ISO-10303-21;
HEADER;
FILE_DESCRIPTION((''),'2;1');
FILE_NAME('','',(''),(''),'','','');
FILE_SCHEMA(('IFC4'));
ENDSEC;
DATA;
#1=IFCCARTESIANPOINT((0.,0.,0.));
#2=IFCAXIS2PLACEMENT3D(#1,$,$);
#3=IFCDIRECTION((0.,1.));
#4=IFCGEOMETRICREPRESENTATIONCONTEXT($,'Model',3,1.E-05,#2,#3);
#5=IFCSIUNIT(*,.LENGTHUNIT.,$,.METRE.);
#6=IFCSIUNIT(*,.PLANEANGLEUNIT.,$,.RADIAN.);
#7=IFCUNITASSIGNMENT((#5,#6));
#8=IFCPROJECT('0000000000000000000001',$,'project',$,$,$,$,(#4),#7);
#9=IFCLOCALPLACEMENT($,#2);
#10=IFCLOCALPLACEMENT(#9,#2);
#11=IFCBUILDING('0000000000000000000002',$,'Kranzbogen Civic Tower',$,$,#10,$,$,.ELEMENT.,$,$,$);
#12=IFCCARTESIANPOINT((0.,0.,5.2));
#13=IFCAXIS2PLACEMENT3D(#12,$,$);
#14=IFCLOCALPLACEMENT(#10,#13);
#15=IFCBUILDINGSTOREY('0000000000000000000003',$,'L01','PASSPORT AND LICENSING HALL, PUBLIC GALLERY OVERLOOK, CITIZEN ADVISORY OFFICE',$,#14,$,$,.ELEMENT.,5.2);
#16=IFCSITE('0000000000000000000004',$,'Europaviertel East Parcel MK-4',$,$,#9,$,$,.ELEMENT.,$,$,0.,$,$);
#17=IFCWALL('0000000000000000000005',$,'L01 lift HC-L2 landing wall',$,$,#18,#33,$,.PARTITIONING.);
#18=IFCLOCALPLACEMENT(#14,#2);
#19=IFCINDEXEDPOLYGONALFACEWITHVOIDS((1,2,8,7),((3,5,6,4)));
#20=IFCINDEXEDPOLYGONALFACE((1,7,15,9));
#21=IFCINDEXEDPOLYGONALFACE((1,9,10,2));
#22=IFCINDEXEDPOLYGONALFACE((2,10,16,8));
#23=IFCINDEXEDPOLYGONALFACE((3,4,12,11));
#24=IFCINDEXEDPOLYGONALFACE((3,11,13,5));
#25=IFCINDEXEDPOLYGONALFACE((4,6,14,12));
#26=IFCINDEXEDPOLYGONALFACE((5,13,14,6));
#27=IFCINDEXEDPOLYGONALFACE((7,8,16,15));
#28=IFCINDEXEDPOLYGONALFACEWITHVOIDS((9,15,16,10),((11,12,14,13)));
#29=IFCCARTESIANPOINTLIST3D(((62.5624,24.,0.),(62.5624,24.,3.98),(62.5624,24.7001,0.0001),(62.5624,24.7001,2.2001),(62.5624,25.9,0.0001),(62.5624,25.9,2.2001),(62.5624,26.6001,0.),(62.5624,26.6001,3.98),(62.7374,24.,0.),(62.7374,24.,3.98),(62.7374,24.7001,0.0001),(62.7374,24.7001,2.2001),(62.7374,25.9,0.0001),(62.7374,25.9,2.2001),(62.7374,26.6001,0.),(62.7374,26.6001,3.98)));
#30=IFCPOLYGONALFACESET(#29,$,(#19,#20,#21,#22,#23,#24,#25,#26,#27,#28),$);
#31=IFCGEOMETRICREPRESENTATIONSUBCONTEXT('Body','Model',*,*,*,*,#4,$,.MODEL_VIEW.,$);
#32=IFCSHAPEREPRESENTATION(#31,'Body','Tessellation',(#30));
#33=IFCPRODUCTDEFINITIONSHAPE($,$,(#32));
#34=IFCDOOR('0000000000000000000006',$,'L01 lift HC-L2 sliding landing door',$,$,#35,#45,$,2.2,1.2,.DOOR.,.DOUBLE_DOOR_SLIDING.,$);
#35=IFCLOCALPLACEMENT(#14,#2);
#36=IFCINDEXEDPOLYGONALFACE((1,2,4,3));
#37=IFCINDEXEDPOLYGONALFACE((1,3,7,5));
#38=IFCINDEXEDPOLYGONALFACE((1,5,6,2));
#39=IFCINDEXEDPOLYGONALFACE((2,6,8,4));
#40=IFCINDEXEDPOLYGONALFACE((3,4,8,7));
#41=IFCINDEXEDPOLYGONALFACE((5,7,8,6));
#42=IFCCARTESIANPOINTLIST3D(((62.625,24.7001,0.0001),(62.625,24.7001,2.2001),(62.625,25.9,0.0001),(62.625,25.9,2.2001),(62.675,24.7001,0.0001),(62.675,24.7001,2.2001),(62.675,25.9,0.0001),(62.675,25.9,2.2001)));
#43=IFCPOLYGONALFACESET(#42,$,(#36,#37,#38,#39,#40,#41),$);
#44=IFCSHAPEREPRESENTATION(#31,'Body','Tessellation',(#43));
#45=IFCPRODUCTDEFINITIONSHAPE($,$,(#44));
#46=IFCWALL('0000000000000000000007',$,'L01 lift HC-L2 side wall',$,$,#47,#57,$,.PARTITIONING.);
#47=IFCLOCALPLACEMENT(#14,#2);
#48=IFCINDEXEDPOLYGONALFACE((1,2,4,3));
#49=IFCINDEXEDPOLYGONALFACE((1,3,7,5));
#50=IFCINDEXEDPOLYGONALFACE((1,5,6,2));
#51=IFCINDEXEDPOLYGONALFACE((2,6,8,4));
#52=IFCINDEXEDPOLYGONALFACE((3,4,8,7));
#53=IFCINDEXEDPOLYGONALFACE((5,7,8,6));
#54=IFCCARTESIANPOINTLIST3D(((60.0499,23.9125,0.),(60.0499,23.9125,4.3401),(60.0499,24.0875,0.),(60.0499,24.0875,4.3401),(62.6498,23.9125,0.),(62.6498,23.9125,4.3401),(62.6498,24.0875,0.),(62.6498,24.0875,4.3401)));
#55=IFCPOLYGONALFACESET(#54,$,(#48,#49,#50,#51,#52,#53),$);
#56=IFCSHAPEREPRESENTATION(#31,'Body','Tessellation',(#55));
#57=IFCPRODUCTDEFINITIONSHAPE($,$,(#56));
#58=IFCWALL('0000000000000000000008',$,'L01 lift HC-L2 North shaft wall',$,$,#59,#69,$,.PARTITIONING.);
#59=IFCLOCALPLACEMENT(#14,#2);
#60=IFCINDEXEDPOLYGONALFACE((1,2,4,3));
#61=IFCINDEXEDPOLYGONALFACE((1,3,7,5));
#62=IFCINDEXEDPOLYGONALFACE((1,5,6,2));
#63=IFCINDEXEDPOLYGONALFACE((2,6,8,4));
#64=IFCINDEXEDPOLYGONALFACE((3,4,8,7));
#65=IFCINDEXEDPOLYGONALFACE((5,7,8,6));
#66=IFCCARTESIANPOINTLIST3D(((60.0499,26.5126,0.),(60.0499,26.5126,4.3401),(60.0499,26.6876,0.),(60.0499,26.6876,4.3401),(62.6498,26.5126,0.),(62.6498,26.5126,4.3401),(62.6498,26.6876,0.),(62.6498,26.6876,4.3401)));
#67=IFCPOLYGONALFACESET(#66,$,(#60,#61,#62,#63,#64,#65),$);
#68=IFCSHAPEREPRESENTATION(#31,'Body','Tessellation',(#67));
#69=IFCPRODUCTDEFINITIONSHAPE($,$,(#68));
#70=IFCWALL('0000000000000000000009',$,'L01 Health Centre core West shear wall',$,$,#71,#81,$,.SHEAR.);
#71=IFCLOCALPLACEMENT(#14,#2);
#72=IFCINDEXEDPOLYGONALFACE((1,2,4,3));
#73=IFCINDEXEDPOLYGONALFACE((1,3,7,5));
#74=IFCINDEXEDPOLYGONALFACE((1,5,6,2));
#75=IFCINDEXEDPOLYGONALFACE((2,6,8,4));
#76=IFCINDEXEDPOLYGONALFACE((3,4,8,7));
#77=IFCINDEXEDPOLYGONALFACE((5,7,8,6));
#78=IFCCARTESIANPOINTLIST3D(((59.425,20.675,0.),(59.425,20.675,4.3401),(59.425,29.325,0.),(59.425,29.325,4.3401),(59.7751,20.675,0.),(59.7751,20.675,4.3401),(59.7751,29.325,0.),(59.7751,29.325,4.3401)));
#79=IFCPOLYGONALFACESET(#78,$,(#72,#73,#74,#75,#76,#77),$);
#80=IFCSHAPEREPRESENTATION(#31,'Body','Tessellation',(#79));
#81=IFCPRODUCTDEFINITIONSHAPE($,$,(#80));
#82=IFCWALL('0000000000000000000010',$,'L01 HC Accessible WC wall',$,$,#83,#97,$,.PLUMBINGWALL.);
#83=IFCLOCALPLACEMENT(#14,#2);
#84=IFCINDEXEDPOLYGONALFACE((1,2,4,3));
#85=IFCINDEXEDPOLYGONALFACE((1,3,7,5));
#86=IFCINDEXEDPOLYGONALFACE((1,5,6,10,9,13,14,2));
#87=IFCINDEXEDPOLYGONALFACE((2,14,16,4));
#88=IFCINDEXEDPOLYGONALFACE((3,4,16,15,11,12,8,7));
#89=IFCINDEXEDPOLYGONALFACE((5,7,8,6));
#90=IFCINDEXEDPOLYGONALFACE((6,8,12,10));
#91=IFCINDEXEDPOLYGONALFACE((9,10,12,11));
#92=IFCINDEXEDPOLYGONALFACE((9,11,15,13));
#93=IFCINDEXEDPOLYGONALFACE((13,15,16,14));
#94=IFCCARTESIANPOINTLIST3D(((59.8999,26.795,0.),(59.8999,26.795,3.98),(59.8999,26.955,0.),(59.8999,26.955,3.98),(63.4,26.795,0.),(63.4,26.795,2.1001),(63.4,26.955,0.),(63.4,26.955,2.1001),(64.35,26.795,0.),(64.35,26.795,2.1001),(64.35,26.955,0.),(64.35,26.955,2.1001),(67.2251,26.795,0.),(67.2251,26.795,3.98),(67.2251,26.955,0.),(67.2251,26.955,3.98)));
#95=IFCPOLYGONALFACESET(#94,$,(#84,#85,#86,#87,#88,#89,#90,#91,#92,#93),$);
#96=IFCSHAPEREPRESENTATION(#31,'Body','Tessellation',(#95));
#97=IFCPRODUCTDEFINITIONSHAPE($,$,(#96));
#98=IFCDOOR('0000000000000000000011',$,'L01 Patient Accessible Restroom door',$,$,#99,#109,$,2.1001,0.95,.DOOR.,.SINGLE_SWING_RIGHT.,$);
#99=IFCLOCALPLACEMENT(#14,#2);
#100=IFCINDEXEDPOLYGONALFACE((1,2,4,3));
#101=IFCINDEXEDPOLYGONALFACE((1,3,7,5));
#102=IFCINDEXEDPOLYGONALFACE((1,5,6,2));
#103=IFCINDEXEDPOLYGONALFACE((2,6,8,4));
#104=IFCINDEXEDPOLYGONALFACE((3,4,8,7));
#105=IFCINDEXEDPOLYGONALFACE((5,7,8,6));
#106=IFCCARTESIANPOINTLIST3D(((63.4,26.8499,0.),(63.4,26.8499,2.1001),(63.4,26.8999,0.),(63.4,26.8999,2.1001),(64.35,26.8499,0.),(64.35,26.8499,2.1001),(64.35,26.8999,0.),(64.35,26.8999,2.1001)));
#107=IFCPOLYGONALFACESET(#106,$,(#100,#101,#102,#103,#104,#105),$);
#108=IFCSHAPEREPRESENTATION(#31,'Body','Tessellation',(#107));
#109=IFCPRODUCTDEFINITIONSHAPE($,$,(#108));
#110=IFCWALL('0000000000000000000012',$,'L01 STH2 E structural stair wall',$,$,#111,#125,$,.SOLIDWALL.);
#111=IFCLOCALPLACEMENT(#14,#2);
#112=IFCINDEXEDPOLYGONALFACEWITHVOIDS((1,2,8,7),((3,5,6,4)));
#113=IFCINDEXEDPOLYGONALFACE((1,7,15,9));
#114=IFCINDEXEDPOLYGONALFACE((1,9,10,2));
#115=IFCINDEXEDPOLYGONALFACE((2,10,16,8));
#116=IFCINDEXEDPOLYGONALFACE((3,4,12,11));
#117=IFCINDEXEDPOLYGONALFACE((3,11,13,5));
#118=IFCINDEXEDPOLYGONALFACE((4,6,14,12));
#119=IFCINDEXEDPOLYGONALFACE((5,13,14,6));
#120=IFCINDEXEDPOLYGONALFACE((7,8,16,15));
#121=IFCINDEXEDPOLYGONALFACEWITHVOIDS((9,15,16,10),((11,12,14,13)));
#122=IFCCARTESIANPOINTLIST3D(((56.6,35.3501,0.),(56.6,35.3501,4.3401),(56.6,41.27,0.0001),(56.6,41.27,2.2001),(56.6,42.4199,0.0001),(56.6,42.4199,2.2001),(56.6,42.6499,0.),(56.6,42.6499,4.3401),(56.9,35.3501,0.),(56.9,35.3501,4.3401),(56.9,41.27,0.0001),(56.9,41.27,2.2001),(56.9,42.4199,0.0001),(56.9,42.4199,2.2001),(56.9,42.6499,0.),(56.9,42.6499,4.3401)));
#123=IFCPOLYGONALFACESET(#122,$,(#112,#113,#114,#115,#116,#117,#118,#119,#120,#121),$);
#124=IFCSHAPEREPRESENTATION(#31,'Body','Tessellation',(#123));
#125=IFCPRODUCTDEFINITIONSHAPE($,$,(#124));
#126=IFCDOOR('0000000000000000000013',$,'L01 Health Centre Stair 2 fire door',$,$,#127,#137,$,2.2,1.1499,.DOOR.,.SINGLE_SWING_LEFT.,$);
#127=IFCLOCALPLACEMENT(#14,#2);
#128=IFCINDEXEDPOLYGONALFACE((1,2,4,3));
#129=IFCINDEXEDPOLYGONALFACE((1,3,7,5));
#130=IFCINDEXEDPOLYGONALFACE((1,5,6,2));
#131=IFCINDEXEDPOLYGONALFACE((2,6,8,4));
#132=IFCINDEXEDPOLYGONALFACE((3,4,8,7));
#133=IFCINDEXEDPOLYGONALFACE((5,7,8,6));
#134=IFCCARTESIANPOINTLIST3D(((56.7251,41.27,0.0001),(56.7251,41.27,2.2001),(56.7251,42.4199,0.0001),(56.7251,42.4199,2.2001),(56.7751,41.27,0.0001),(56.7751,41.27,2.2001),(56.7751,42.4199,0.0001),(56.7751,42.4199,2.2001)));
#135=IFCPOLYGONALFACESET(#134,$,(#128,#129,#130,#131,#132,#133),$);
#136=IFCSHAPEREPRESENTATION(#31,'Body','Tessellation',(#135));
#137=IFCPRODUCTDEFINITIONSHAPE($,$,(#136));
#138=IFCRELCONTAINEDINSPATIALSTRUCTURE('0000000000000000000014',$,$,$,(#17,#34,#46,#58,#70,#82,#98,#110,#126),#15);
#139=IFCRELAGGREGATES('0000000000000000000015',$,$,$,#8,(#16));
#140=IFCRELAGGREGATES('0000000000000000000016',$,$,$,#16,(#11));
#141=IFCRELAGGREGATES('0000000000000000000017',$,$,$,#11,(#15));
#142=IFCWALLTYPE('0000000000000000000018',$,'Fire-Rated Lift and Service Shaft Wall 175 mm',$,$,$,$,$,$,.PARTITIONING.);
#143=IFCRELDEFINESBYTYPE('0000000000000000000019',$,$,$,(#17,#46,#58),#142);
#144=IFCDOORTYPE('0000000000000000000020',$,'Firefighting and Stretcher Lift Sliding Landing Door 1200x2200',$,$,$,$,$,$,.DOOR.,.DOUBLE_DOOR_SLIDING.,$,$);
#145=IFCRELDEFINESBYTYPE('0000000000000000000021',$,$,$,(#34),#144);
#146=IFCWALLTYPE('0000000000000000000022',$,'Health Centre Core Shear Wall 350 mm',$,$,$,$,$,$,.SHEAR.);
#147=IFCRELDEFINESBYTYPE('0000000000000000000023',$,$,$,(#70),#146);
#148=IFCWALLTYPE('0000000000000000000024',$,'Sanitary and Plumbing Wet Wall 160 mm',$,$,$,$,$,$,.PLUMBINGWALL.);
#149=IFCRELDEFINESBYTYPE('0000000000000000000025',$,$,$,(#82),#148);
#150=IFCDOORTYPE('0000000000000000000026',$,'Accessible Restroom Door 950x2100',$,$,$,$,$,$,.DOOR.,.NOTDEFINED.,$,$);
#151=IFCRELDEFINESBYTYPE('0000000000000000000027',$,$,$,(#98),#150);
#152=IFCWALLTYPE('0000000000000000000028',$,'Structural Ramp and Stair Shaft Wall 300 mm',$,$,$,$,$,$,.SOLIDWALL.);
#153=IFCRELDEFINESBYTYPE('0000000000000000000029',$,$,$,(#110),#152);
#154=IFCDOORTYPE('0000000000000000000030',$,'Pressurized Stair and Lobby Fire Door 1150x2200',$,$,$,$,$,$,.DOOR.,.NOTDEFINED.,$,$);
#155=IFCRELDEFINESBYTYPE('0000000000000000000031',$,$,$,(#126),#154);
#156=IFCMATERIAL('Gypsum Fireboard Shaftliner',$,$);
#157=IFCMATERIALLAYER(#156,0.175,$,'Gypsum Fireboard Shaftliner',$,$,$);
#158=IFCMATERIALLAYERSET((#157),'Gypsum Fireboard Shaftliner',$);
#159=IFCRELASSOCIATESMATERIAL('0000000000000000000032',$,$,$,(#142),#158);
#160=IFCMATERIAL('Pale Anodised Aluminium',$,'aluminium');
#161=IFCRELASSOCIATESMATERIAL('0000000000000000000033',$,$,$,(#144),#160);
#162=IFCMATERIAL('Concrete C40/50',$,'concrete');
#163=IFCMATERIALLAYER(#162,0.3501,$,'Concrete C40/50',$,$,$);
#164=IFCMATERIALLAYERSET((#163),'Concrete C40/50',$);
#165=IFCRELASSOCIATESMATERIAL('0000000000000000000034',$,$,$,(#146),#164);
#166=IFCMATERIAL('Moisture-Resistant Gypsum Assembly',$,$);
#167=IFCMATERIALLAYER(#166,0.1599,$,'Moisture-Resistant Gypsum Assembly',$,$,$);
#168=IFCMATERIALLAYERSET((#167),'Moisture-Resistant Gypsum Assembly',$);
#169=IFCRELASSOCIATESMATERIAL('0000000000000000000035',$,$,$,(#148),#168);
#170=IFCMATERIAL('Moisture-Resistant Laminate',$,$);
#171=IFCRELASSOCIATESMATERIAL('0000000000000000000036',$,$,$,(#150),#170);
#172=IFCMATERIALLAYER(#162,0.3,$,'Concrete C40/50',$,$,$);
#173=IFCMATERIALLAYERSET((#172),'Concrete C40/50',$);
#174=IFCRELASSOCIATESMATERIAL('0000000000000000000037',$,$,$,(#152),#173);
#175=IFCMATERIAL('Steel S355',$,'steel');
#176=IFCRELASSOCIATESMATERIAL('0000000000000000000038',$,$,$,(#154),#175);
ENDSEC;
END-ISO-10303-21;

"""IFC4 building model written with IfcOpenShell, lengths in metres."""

from ifc_helpers import new_model, si_unit, direction, frame, frame_2d, origin, place, context, subcontext, project, spatial, rectangle, extrude, material, layer, layer_set, type_object, element, fill, save


model = new_model("IFC4")

# Units and contexts
model_context = context("Model", 3, precision=1e-05, world=origin(), true_north=direction((0.0, 1.0)))
body_context = subcontext(model_context, "Body", "Model", "MODEL_VIEW")
ifc_project = project(units=[si_unit("LENGTHUNIT", "METRE"), si_unit("PLANEANGLEUNIT", "RADIAN")], contexts=[model_context])

# Site, building, storey
site_placement = place(None, origin())
site = spatial("IfcSite", under=ifc_project, at=site_placement, Name="Europaviertel East Parcel MK-4", CompositionType="ELEMENT", RefElevation=0.0)
building_placement = place(site_placement, origin())
building = spatial("IfcBuilding", under=site, at=building_placement, Name="Kranzbogen Civic Tower", CompositionType="ELEMENT")
storey_placement = place(building_placement, frame((0.0, 0.0, 5.2)))
storey = spatial("IfcBuildingStorey", under=building, at=storey_placement, Name="L01", Description="PASSPORT AND LICENSING HALL, PUBLIC GALLERY OVERLOOK, CITIZEN ADVISORY OFFICE", CompositionType="ELEMENT", Elevation=5.2)

# Shared definitions
ifc_material_1 = material(Name="Steel S355", Category="steel")
ifc_material_2 = material(Name="Concrete C40/50", Category="concrete")

# Shared definitions
ifc_material_3 = material(Name="Pale Anodised Aluminium", Category="aluminium")

# Wall, opening, door
ifc_material_4 = material(Name="Gypsum Fireboard Shaftliner")
ifc_layer_1 = layer(ifc_material_4, 0.175, Name="Gypsum Fireboard Shaftliner")
ifc_layer_set_1 = layer_set([ifc_layer_1], Name="Gypsum Fireboard Shaftliner")
wall_type_1 = type_object("IfcWallType", Name="Fire-Rated Lift and Service Shaft Wall 175 mm", PredefinedType="PARTITIONING", material=ifc_layer_set_1)
wall_1_placement = place(storey_placement, frame((62.6499, 24.0, 0.0), z_axis=(0.0, 0.0, 1.0), x_axis=(0.0, 1.0, 0.0)))
wall_1 = element("IfcWall", 1, at=wall_1_placement, inside=storey, type_object=wall_type_1, Name="L01 lift HC-L2 landing wall", PredefinedType="PARTITIONING", context=body_context, shape_type="SweptSolid", body=[
    extrude(rectangle(XDim=2.6001, YDim=0.175, at=frame_2d((1.3, 0.0))), origin(), (0.0, 0.0, 1.0), 3.98),
])
opening_1_placement = place(wall_1_placement, frame((0.7, 0.0, 0.0)))
opening_1 = element("IfcOpeningElement", 2, at=opening_1_placement, cuts=wall_1, PredefinedType="OPENING", context=body_context, shape_type="SweptSolid", body=[
    extrude(rectangle(XDim=1.2, YDim=2.2, at=frame_2d((0.6001, 1.1001))), frame((0.0, 0.0977, 0.0), z_axis=(0.0, -1.0, 0.0), x_axis=(1.0, 0.0, 0.0)), (0.0, 0.0, 1.0), 0.1951),
])
door_type_1 = type_object("IfcDoorType", Name="Firefighting and Stretcher Lift Sliding Landing Door 1200x2200", OperationType="DOUBLE_DOOR_SLIDING", PredefinedType="DOOR", material=ifc_material_3)
door_1_placement = place(opening_1_placement, origin())
door_1 = element("IfcDoor", 3, at=door_1_placement, inside=storey, type_object=door_type_1, Name="L01 lift HC-L2 sliding landing door", OperationType="DOUBLE_DOOR_SLIDING", OverallHeight=2.2, OverallWidth=1.2, PredefinedType="DOOR", context=body_context, shape_type="SweptSolid", body=[
    extrude(rectangle(XDim=1.2, YDim=2.2, at=frame_2d((0.6001, 1.1001))), frame((0.0, 0.0249, 0.0), z_axis=(0.0, -1.0, 0.0), x_axis=(1.0, 0.0, 0.0)), (0.0, 0.0, 1.0), 0.05),
])
fill(opening_1, door_1)

# Walls
for number, where, z_axis, x_axis, name in (
    (4, (60.05, 24.0, 0.0), (0.0, 0.0, 1.0), (1.0, 0.0, 0.0), "L01 lift HC-L2 side wall"),
    (5, (60.05, 26.6001, 0.0), (0.0, 0.0, 1.0), (1.0, 0.0, 0.0), "L01 lift HC-L2 North shaft wall"),
):
    element("IfcWall", number, at=place(storey_placement, frame(where, z_axis=z_axis, x_axis=x_axis)), inside=storey, type_object=wall_type_1, Name=name, PredefinedType="PARTITIONING", context=body_context, shape_type="SweptSolid", body=[
        extrude(rectangle(XDim=2.5999, YDim=0.175, at=frame_2d((1.2998, 0.0))), origin(), (0.0, 0.0, 1.0), 4.3401),
    ])
ifc_layer_2 = layer(ifc_material_2, 0.3501, Name="Concrete C40/50")
ifc_layer_set_2 = layer_set([ifc_layer_2], Name="Concrete C40/50")
wall_type_2 = type_object("IfcWallType", Name="Health Centre Core Shear Wall 350 mm", PredefinedType="SHEAR", material=ifc_layer_set_2)
wall_2_placement = place(storey_placement, frame((59.6001, 29.325, 0.0), z_axis=(0.0, 0.0, 1.0), x_axis=(0.0, -1.0, 0.0)))
element("IfcWall", 6, at=wall_2_placement, inside=storey, type_object=wall_type_2, Name="L01 Health Centre core West shear wall", PredefinedType="SHEAR", context=body_context, shape_type="SweptSolid", body=[
    extrude(rectangle(XDim=8.6499, YDim=0.3501, at=frame_2d((4.325, 0.0))), origin(), (0.0, 0.0, 1.0), 4.3401),
])

# Walls, openings, doors
ifc_material_5 = material(Name="Moisture-Resistant Gypsum Assembly")
ifc_layer_3 = layer(ifc_material_5, 0.1599, Name="Moisture-Resistant Gypsum Assembly")
ifc_layer_set_3 = layer_set([ifc_layer_3], Name="Moisture-Resistant Gypsum Assembly")
wall_type_3 = type_object("IfcWallType", Name="Sanitary and Plumbing Wet Wall 160 mm", PredefinedType="PLUMBINGWALL", material=ifc_layer_set_3)
wall_3_placement = place(storey_placement, frame((59.8999, 26.875, 0.0), z_axis=(0.0, 0.0, 1.0), x_axis=(1.0, 0.0, 0.0)))
wall_3 = element("IfcWall", 7, at=wall_3_placement, inside=storey, type_object=wall_type_3, Name="L01 HC Accessible WC wall", PredefinedType="PLUMBINGWALL", context=body_context, shape_type="SweptSolid", body=[
    extrude(rectangle(XDim=7.3252, YDim=0.1599, at=frame_2d((3.6626, 0.0))), origin(), (0.0, 0.0, 1.0), 3.98),
])
opening_2_placement = place(wall_3_placement, frame((3.5, 0.0, 0.0)))
opening_2 = element("IfcOpeningElement", 8, at=opening_2_placement, cuts=wall_3, PredefinedType="OPENING", context=body_context, shape_type="SweptSolid", body=[
    extrude(rectangle(XDim=0.95, YDim=2.1001, at=frame_2d((0.4751, 1.05))), frame((0.0, 0.0898, 0.0), z_axis=(0.0, -1.0, 0.0), x_axis=(1.0, 0.0, 0.0)), (0.0, 0.0, 1.0), 0.1799),
])
ifc_material_6 = material(Name="Moisture-Resistant Laminate")
door_type_2 = type_object("IfcDoorType", Name="Accessible Restroom Door 950x2100", OperationType="NOTDEFINED", PredefinedType="DOOR", material=ifc_material_6)
door_2_placement = place(opening_2_placement, origin())
door_2 = element("IfcDoor", 9, at=door_2_placement, inside=storey, type_object=door_type_2, Name="L01 Patient Accessible Restroom door", OperationType="SINGLE_SWING_RIGHT", OverallHeight=2.1001, OverallWidth=0.95, PredefinedType="DOOR", context=body_context, shape_type="SweptSolid", body=[
    extrude(rectangle(XDim=0.95, YDim=2.1001, at=frame_2d((0.4751, 1.05))), frame((0.0, 0.0249, 0.0), z_axis=(0.0, -1.0, 0.0), x_axis=(1.0, 0.0, 0.0)), (0.0, 0.0, 1.0), 0.05),
])
fill(opening_2, door_2)
ifc_layer_4 = layer(ifc_material_2, 0.3, Name="Concrete C40/50")
ifc_layer_set_4 = layer_set([ifc_layer_4], Name="Concrete C40/50")
wall_type_4 = type_object("IfcWallType", Name="Structural Ramp and Stair Shaft Wall 300 mm", PredefinedType="SOLIDWALL", material=ifc_layer_set_4)
wall_4_placement = place(storey_placement, frame((56.75, 35.3501, 0.0), z_axis=(0.0, 0.0, 1.0), x_axis=(0.0, 1.0, 0.0)))
wall_4 = element("IfcWall", 10, at=wall_4_placement, inside=storey, type_object=wall_type_4, Name="L01 STH2 E structural stair wall", PredefinedType="SOLIDWALL", context=body_context, shape_type="SweptSolid", body=[
    extrude(rectangle(XDim=7.2998, YDim=0.3, at=frame_2d((3.6499, 0.0))), origin(), (0.0, 0.0, 1.0), 4.3401),
])
opening_3_placement = place(wall_4_placement, frame((5.9199, 0.0, 0.0)))
opening_3 = element("IfcOpeningElement", 11, at=opening_3_placement, cuts=wall_4, PredefinedType="OPENING", context=body_context, shape_type="SweptSolid", body=[
    extrude(rectangle(XDim=1.1499, YDim=2.2, at=frame_2d((0.575, 1.1001))), frame((0.0, 0.1602, 0.0), z_axis=(0.0, -1.0, 0.0), x_axis=(1.0, 0.0, 0.0)), (0.0, 0.0, 1.0), 0.3201),
])
door_type_3 = type_object("IfcDoorType", Name="Pressurized Stair and Lobby Fire Door 1150x2200", OperationType="NOTDEFINED", PredefinedType="DOOR", material=ifc_material_1)
door_3_placement = place(opening_3_placement, origin())
door_3 = element("IfcDoor", 12, at=door_3_placement, inside=storey, type_object=door_type_3, Name="L01 Health Centre Stair 2 fire door", OperationType="SINGLE_SWING_LEFT", OverallHeight=2.2, OverallWidth=1.1499, PredefinedType="DOOR", context=body_context, shape_type="SweptSolid", body=[
    extrude(rectangle(XDim=1.1499, YDim=2.2, at=frame_2d((0.575, 1.1001))), frame((0.0, 0.0249, 0.0), z_axis=(0.0, -1.0, 0.0), x_axis=(1.0, 0.0, 0.0)), (0.0, 0.0, 1.0), 0.05),
])
fill(opening_3, door_3)

save(model, "model.ifc")
